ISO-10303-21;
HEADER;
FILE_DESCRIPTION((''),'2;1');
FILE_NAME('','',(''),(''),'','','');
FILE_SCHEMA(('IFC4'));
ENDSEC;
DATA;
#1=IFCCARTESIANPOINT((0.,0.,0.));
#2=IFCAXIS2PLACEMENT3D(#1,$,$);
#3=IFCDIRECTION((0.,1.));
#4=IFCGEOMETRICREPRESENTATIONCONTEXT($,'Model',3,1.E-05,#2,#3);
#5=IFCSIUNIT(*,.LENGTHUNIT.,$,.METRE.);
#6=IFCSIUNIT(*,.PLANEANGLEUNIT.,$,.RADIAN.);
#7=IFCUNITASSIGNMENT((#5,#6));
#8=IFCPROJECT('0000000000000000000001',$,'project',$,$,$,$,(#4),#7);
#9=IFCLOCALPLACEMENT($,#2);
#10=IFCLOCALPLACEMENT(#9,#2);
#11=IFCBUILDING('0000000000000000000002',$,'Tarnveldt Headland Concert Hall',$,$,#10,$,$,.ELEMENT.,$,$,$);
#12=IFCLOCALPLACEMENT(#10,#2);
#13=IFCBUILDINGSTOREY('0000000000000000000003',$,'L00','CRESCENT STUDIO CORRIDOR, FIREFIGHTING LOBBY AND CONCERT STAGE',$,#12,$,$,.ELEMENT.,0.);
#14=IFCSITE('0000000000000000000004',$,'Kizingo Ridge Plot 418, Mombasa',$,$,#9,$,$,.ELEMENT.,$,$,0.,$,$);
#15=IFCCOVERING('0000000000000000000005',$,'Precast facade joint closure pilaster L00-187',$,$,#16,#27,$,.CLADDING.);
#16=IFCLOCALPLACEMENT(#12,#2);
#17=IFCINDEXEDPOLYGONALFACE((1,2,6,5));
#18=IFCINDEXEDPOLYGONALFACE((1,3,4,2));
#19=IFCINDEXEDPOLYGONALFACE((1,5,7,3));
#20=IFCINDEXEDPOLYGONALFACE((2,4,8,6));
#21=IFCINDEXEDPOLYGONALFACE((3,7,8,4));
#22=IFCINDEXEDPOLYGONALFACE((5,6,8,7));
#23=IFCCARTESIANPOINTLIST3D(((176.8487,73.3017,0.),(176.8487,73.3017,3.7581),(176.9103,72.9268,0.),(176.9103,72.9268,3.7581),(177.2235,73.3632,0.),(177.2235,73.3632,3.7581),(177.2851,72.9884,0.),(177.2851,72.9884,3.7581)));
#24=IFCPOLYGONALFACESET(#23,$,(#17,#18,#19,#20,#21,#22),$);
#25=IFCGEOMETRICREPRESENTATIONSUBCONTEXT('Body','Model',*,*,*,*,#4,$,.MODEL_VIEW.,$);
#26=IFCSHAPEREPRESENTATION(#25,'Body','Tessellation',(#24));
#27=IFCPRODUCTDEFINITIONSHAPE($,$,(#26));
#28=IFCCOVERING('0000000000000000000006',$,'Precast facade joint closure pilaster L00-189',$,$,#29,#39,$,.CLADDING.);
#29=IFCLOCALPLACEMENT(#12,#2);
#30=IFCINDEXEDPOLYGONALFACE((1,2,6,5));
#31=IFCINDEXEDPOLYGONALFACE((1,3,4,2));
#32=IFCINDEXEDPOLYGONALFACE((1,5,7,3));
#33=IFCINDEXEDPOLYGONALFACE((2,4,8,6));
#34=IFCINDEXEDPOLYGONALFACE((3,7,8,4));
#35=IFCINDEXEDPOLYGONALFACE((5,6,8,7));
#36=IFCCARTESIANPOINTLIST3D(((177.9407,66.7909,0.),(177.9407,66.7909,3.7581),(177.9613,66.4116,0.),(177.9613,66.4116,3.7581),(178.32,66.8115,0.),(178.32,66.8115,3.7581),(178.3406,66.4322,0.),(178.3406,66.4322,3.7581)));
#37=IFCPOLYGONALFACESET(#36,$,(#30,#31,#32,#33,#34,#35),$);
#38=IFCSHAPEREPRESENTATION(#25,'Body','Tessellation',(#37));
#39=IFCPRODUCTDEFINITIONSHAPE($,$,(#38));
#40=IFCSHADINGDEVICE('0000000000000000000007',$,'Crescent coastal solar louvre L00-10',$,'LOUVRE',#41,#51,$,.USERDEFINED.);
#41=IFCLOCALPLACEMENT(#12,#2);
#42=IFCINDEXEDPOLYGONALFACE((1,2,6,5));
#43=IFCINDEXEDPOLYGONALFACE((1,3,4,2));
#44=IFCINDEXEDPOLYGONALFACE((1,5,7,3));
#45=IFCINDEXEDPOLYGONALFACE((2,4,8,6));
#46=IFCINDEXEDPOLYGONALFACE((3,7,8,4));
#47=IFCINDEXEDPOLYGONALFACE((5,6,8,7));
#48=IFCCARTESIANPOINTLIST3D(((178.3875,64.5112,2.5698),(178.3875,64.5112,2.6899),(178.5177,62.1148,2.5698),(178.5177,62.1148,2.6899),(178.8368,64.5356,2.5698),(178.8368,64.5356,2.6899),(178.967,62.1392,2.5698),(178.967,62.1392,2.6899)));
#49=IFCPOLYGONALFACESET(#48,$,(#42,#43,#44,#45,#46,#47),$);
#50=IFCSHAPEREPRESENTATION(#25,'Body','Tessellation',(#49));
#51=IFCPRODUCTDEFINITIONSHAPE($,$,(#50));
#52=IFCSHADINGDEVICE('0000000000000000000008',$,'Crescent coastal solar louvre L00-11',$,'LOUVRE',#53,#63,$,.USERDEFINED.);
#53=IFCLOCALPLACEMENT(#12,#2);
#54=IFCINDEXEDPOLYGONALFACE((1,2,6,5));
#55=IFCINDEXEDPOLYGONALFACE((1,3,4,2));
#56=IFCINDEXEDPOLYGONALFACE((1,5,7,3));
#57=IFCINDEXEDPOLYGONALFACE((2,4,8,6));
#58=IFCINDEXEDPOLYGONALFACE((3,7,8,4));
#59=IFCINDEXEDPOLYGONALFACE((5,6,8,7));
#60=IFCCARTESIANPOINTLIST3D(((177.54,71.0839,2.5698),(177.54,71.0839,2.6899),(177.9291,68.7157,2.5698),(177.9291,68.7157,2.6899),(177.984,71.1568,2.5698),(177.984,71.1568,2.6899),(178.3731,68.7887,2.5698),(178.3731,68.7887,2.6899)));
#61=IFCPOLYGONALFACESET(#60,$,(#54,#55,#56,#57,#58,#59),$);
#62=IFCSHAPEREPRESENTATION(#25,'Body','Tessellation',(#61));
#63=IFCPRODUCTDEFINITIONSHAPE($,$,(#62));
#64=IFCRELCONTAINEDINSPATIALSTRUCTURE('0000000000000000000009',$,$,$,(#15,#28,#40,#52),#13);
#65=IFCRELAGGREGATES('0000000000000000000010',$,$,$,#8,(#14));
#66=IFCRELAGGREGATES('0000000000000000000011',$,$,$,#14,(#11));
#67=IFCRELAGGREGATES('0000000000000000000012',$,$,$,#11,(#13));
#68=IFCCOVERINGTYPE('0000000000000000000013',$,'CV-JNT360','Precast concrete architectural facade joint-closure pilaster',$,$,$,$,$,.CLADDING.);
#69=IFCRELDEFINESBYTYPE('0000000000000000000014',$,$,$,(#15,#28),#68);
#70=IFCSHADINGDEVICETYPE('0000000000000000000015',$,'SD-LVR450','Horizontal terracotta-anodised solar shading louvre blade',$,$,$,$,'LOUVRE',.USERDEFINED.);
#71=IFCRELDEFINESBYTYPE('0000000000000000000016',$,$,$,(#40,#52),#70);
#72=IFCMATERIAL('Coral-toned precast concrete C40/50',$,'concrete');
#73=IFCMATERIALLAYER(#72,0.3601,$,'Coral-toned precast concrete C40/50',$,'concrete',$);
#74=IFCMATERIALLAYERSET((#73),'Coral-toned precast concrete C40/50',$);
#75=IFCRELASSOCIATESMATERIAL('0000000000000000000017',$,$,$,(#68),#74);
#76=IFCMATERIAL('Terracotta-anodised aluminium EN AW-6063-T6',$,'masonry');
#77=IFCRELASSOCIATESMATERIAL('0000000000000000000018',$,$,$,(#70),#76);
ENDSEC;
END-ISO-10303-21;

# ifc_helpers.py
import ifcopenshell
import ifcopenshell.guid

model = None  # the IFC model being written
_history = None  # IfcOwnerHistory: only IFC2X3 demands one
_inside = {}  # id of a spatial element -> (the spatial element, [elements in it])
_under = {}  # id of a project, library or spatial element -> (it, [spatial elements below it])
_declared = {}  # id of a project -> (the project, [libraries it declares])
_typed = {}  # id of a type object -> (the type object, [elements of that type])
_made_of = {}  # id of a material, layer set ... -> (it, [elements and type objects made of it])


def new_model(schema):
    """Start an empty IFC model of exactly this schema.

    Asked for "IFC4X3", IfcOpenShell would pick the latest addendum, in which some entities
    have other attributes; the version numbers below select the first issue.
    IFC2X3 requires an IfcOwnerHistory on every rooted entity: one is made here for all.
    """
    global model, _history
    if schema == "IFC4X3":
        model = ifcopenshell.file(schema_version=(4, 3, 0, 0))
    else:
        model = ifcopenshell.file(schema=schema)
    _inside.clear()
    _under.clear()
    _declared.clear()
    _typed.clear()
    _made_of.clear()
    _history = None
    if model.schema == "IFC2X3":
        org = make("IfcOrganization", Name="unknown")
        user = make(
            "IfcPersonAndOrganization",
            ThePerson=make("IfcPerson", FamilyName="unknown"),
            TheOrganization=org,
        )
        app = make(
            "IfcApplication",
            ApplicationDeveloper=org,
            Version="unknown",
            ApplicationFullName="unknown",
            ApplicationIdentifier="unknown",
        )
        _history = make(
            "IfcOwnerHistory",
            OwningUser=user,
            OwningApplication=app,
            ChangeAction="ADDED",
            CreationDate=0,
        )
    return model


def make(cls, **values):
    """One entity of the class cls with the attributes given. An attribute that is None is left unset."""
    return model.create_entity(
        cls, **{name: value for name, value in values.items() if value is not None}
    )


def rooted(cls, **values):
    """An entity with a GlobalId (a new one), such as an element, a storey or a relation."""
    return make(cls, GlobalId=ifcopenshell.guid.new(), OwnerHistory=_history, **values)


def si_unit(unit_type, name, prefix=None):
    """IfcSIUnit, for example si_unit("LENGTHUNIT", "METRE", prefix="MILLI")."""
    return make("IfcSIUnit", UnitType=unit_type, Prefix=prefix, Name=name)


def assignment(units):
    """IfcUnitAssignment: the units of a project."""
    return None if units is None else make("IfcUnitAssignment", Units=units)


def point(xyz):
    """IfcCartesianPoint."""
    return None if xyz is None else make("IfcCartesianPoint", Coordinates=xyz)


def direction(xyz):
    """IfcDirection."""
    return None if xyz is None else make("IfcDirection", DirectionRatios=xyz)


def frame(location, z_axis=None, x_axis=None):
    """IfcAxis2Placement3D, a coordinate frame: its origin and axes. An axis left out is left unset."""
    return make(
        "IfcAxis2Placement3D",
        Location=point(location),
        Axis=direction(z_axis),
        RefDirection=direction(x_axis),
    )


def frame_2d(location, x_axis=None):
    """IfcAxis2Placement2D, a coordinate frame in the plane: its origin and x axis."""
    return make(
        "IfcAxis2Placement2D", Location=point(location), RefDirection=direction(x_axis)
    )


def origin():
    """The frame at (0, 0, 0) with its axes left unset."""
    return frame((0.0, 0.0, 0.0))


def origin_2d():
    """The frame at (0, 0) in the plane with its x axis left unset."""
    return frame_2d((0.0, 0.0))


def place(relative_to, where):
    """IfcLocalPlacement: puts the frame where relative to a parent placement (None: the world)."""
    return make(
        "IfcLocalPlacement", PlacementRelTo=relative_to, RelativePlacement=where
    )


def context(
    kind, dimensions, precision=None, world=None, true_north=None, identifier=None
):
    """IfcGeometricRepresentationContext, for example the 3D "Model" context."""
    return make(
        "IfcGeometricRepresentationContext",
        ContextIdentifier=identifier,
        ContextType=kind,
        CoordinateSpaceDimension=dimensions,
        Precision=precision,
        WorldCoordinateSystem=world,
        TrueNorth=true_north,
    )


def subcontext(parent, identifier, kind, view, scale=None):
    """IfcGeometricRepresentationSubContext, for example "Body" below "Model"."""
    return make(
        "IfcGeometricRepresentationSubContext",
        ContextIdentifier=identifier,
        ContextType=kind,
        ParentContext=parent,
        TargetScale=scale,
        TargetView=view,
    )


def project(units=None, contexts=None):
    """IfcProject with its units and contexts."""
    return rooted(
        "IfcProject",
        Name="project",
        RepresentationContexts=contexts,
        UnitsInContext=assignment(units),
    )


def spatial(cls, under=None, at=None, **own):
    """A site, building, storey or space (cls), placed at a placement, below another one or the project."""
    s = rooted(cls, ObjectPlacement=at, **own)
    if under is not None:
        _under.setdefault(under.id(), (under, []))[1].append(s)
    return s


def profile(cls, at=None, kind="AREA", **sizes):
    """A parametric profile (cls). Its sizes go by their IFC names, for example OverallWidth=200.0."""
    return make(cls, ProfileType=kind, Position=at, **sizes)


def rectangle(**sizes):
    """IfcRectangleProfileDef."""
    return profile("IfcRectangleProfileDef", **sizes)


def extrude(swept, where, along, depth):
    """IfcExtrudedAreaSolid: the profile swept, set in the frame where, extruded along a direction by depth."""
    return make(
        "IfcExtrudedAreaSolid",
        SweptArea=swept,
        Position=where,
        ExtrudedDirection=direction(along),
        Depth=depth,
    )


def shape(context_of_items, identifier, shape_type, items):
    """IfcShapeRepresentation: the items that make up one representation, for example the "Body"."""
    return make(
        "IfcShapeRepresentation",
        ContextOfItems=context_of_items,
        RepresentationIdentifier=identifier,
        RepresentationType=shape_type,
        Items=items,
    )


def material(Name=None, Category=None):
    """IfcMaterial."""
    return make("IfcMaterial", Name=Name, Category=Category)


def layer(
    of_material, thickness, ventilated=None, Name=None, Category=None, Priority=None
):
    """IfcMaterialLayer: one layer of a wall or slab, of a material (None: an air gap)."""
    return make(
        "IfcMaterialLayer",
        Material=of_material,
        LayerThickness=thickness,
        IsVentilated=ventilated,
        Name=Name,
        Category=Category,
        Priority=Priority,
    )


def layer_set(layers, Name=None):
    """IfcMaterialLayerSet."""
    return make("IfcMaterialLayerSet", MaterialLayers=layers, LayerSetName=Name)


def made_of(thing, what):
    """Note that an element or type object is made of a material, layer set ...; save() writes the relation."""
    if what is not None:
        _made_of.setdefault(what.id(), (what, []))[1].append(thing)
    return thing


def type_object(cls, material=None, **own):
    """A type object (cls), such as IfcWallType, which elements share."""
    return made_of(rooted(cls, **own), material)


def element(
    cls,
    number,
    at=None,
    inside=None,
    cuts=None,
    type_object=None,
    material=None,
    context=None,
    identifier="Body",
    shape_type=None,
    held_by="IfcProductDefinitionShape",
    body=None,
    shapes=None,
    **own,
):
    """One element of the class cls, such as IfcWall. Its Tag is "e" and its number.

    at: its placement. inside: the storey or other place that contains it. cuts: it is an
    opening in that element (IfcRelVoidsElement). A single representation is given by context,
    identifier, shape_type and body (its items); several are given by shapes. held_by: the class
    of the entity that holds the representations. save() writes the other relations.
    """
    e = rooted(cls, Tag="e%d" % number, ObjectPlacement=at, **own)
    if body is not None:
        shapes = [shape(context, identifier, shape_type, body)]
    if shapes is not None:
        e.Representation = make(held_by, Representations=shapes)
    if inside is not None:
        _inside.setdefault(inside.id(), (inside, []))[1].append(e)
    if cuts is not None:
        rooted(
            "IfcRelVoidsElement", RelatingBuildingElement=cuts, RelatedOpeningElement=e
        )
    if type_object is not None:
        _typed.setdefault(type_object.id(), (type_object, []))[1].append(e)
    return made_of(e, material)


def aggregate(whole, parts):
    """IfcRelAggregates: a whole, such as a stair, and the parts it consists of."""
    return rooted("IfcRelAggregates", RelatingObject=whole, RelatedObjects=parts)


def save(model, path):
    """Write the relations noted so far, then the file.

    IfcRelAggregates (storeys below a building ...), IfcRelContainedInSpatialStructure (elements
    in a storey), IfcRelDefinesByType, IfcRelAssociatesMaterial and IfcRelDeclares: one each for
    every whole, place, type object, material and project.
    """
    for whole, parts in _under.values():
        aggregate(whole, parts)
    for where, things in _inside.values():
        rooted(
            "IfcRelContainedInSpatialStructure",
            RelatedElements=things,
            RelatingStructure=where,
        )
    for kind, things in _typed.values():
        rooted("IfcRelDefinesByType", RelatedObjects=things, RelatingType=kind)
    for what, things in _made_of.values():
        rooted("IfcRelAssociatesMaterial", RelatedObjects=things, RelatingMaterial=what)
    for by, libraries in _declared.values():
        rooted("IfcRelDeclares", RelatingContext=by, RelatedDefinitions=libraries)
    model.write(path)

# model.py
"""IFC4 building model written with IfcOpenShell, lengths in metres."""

from ifc_helpers import new_model, si_unit, direction, frame, origin, origin_2d, place, context, subcontext, project, spatial, rectangle, extrude, material, layer, layer_set, type_object, element, save


model = new_model("IFC4")

# Units and contexts
model_context = context("Model", 3, precision=1e-05, world=origin(), true_north=direction((0.0, 1.0)))
body_context = subcontext(model_context, "Body", "Model", "MODEL_VIEW")
ifc_project = project(units=[si_unit("LENGTHUNIT", "METRE"), si_unit("PLANEANGLEUNIT", "RADIAN")], contexts=[model_context])

# Site, building, storey
site_placement = place(None, origin())
site = spatial("IfcSite", under=ifc_project, at=site_placement, Name="Kizingo Ridge Plot 418, Mombasa", CompositionType="ELEMENT", RefElevation=0.0)
building_placement = place(site_placement, origin())
building = spatial("IfcBuilding", under=site, at=building_placement, Name="Tarnveldt Headland Concert Hall", CompositionType="ELEMENT")
storey_placement = place(building_placement, origin())
storey = spatial("IfcBuildingStorey", under=building, at=storey_placement, Name="L00", Description="CRESCENT STUDIO CORRIDOR, FIREFIGHTING LOBBY AND CONCERT STAGE", CompositionType="ELEMENT", Elevation=0.0)

# Shared definitions
ifc_material_1 = material(Name="Coral-toned precast concrete C40/50", Category="concrete")

# Coverings
ifc_layer_1 = layer(ifc_material_1, 0.3601, Name="Coral-toned precast concrete C40/50", Category="concrete")
ifc_layer_set_1 = layer_set([ifc_layer_1], Name="Coral-toned precast concrete C40/50")
covering_type = type_object("IfcCoveringType", Name="CV-JNT360", Description="Precast concrete architectural facade joint-closure pilaster", PredefinedType="CLADDING", material=ifc_layer_set_1)
for number, where, z_axis, x_axis, name in (
    (1, (177.0669, 73.145, 0.0), (0.0, 0.0, 1.0), (0.162121, -0.986771, 0.0), "Precast facade joint closure pilaster L00-187"),
    (2, (178.1406, 66.6116, 0.0), (0.0, 0.0, 1.0), (0.054253, -0.998527, 0.0), "Precast facade joint closure pilaster L00-189"),
):
    element("IfcCovering", number, at=place(storey_placement, frame(where, z_axis=z_axis, x_axis=x_axis)), inside=storey, type_object=covering_type, Name=name, PredefinedType="CLADDING", context=body_context, shape_type="SweptSolid", body=[
        extrude(rectangle(XDim=0.3799, YDim=0.3799, at=origin_2d()), origin(), (0.0, 0.0, 1.0), 3.7581),
    ])

# Shading devices
ifc_material_2 = material(Name="Terracotta-anodised aluminium EN AW-6063-T6", Category="masonry")
shading_device_type = type_object("IfcShadingDeviceType", Name="SD-LVR450", Description="Horizontal terracotta-anodised solar shading louvre blade", ElementType="LOUVRE", PredefinedType="USERDEFINED", material=ifc_material_2)
for number, where, z_axis, x_axis, name in (
    (3, (178.6772, 63.3252, 2.5698), (0.0, 0.0, 1.0), (0.998527, 0.054253, 0.0), "Crescent coastal solar louvre L00-10"),
    (4, (177.9565, 69.9363, 2.5698), (0.0, 0.0, 1.0), (0.986771, 0.162121, 0.0), "Crescent coastal solar louvre L00-11"),
):
    element("IfcShadingDevice", number, at=place(storey_placement, frame(where, z_axis=z_axis, x_axis=x_axis)), inside=storey, type_object=shading_device_type, Name=name, ObjectType="LOUVRE", PredefinedType="USERDEFINED", context=body_context, shape_type="SweptSolid", body=[
        extrude(rectangle(XDim=0.45, YDim=2.3999, at=origin_2d()), origin(), (0.0, 0.0, 1.0), 0.1201),
    ])

save(model, "model.ifc")
